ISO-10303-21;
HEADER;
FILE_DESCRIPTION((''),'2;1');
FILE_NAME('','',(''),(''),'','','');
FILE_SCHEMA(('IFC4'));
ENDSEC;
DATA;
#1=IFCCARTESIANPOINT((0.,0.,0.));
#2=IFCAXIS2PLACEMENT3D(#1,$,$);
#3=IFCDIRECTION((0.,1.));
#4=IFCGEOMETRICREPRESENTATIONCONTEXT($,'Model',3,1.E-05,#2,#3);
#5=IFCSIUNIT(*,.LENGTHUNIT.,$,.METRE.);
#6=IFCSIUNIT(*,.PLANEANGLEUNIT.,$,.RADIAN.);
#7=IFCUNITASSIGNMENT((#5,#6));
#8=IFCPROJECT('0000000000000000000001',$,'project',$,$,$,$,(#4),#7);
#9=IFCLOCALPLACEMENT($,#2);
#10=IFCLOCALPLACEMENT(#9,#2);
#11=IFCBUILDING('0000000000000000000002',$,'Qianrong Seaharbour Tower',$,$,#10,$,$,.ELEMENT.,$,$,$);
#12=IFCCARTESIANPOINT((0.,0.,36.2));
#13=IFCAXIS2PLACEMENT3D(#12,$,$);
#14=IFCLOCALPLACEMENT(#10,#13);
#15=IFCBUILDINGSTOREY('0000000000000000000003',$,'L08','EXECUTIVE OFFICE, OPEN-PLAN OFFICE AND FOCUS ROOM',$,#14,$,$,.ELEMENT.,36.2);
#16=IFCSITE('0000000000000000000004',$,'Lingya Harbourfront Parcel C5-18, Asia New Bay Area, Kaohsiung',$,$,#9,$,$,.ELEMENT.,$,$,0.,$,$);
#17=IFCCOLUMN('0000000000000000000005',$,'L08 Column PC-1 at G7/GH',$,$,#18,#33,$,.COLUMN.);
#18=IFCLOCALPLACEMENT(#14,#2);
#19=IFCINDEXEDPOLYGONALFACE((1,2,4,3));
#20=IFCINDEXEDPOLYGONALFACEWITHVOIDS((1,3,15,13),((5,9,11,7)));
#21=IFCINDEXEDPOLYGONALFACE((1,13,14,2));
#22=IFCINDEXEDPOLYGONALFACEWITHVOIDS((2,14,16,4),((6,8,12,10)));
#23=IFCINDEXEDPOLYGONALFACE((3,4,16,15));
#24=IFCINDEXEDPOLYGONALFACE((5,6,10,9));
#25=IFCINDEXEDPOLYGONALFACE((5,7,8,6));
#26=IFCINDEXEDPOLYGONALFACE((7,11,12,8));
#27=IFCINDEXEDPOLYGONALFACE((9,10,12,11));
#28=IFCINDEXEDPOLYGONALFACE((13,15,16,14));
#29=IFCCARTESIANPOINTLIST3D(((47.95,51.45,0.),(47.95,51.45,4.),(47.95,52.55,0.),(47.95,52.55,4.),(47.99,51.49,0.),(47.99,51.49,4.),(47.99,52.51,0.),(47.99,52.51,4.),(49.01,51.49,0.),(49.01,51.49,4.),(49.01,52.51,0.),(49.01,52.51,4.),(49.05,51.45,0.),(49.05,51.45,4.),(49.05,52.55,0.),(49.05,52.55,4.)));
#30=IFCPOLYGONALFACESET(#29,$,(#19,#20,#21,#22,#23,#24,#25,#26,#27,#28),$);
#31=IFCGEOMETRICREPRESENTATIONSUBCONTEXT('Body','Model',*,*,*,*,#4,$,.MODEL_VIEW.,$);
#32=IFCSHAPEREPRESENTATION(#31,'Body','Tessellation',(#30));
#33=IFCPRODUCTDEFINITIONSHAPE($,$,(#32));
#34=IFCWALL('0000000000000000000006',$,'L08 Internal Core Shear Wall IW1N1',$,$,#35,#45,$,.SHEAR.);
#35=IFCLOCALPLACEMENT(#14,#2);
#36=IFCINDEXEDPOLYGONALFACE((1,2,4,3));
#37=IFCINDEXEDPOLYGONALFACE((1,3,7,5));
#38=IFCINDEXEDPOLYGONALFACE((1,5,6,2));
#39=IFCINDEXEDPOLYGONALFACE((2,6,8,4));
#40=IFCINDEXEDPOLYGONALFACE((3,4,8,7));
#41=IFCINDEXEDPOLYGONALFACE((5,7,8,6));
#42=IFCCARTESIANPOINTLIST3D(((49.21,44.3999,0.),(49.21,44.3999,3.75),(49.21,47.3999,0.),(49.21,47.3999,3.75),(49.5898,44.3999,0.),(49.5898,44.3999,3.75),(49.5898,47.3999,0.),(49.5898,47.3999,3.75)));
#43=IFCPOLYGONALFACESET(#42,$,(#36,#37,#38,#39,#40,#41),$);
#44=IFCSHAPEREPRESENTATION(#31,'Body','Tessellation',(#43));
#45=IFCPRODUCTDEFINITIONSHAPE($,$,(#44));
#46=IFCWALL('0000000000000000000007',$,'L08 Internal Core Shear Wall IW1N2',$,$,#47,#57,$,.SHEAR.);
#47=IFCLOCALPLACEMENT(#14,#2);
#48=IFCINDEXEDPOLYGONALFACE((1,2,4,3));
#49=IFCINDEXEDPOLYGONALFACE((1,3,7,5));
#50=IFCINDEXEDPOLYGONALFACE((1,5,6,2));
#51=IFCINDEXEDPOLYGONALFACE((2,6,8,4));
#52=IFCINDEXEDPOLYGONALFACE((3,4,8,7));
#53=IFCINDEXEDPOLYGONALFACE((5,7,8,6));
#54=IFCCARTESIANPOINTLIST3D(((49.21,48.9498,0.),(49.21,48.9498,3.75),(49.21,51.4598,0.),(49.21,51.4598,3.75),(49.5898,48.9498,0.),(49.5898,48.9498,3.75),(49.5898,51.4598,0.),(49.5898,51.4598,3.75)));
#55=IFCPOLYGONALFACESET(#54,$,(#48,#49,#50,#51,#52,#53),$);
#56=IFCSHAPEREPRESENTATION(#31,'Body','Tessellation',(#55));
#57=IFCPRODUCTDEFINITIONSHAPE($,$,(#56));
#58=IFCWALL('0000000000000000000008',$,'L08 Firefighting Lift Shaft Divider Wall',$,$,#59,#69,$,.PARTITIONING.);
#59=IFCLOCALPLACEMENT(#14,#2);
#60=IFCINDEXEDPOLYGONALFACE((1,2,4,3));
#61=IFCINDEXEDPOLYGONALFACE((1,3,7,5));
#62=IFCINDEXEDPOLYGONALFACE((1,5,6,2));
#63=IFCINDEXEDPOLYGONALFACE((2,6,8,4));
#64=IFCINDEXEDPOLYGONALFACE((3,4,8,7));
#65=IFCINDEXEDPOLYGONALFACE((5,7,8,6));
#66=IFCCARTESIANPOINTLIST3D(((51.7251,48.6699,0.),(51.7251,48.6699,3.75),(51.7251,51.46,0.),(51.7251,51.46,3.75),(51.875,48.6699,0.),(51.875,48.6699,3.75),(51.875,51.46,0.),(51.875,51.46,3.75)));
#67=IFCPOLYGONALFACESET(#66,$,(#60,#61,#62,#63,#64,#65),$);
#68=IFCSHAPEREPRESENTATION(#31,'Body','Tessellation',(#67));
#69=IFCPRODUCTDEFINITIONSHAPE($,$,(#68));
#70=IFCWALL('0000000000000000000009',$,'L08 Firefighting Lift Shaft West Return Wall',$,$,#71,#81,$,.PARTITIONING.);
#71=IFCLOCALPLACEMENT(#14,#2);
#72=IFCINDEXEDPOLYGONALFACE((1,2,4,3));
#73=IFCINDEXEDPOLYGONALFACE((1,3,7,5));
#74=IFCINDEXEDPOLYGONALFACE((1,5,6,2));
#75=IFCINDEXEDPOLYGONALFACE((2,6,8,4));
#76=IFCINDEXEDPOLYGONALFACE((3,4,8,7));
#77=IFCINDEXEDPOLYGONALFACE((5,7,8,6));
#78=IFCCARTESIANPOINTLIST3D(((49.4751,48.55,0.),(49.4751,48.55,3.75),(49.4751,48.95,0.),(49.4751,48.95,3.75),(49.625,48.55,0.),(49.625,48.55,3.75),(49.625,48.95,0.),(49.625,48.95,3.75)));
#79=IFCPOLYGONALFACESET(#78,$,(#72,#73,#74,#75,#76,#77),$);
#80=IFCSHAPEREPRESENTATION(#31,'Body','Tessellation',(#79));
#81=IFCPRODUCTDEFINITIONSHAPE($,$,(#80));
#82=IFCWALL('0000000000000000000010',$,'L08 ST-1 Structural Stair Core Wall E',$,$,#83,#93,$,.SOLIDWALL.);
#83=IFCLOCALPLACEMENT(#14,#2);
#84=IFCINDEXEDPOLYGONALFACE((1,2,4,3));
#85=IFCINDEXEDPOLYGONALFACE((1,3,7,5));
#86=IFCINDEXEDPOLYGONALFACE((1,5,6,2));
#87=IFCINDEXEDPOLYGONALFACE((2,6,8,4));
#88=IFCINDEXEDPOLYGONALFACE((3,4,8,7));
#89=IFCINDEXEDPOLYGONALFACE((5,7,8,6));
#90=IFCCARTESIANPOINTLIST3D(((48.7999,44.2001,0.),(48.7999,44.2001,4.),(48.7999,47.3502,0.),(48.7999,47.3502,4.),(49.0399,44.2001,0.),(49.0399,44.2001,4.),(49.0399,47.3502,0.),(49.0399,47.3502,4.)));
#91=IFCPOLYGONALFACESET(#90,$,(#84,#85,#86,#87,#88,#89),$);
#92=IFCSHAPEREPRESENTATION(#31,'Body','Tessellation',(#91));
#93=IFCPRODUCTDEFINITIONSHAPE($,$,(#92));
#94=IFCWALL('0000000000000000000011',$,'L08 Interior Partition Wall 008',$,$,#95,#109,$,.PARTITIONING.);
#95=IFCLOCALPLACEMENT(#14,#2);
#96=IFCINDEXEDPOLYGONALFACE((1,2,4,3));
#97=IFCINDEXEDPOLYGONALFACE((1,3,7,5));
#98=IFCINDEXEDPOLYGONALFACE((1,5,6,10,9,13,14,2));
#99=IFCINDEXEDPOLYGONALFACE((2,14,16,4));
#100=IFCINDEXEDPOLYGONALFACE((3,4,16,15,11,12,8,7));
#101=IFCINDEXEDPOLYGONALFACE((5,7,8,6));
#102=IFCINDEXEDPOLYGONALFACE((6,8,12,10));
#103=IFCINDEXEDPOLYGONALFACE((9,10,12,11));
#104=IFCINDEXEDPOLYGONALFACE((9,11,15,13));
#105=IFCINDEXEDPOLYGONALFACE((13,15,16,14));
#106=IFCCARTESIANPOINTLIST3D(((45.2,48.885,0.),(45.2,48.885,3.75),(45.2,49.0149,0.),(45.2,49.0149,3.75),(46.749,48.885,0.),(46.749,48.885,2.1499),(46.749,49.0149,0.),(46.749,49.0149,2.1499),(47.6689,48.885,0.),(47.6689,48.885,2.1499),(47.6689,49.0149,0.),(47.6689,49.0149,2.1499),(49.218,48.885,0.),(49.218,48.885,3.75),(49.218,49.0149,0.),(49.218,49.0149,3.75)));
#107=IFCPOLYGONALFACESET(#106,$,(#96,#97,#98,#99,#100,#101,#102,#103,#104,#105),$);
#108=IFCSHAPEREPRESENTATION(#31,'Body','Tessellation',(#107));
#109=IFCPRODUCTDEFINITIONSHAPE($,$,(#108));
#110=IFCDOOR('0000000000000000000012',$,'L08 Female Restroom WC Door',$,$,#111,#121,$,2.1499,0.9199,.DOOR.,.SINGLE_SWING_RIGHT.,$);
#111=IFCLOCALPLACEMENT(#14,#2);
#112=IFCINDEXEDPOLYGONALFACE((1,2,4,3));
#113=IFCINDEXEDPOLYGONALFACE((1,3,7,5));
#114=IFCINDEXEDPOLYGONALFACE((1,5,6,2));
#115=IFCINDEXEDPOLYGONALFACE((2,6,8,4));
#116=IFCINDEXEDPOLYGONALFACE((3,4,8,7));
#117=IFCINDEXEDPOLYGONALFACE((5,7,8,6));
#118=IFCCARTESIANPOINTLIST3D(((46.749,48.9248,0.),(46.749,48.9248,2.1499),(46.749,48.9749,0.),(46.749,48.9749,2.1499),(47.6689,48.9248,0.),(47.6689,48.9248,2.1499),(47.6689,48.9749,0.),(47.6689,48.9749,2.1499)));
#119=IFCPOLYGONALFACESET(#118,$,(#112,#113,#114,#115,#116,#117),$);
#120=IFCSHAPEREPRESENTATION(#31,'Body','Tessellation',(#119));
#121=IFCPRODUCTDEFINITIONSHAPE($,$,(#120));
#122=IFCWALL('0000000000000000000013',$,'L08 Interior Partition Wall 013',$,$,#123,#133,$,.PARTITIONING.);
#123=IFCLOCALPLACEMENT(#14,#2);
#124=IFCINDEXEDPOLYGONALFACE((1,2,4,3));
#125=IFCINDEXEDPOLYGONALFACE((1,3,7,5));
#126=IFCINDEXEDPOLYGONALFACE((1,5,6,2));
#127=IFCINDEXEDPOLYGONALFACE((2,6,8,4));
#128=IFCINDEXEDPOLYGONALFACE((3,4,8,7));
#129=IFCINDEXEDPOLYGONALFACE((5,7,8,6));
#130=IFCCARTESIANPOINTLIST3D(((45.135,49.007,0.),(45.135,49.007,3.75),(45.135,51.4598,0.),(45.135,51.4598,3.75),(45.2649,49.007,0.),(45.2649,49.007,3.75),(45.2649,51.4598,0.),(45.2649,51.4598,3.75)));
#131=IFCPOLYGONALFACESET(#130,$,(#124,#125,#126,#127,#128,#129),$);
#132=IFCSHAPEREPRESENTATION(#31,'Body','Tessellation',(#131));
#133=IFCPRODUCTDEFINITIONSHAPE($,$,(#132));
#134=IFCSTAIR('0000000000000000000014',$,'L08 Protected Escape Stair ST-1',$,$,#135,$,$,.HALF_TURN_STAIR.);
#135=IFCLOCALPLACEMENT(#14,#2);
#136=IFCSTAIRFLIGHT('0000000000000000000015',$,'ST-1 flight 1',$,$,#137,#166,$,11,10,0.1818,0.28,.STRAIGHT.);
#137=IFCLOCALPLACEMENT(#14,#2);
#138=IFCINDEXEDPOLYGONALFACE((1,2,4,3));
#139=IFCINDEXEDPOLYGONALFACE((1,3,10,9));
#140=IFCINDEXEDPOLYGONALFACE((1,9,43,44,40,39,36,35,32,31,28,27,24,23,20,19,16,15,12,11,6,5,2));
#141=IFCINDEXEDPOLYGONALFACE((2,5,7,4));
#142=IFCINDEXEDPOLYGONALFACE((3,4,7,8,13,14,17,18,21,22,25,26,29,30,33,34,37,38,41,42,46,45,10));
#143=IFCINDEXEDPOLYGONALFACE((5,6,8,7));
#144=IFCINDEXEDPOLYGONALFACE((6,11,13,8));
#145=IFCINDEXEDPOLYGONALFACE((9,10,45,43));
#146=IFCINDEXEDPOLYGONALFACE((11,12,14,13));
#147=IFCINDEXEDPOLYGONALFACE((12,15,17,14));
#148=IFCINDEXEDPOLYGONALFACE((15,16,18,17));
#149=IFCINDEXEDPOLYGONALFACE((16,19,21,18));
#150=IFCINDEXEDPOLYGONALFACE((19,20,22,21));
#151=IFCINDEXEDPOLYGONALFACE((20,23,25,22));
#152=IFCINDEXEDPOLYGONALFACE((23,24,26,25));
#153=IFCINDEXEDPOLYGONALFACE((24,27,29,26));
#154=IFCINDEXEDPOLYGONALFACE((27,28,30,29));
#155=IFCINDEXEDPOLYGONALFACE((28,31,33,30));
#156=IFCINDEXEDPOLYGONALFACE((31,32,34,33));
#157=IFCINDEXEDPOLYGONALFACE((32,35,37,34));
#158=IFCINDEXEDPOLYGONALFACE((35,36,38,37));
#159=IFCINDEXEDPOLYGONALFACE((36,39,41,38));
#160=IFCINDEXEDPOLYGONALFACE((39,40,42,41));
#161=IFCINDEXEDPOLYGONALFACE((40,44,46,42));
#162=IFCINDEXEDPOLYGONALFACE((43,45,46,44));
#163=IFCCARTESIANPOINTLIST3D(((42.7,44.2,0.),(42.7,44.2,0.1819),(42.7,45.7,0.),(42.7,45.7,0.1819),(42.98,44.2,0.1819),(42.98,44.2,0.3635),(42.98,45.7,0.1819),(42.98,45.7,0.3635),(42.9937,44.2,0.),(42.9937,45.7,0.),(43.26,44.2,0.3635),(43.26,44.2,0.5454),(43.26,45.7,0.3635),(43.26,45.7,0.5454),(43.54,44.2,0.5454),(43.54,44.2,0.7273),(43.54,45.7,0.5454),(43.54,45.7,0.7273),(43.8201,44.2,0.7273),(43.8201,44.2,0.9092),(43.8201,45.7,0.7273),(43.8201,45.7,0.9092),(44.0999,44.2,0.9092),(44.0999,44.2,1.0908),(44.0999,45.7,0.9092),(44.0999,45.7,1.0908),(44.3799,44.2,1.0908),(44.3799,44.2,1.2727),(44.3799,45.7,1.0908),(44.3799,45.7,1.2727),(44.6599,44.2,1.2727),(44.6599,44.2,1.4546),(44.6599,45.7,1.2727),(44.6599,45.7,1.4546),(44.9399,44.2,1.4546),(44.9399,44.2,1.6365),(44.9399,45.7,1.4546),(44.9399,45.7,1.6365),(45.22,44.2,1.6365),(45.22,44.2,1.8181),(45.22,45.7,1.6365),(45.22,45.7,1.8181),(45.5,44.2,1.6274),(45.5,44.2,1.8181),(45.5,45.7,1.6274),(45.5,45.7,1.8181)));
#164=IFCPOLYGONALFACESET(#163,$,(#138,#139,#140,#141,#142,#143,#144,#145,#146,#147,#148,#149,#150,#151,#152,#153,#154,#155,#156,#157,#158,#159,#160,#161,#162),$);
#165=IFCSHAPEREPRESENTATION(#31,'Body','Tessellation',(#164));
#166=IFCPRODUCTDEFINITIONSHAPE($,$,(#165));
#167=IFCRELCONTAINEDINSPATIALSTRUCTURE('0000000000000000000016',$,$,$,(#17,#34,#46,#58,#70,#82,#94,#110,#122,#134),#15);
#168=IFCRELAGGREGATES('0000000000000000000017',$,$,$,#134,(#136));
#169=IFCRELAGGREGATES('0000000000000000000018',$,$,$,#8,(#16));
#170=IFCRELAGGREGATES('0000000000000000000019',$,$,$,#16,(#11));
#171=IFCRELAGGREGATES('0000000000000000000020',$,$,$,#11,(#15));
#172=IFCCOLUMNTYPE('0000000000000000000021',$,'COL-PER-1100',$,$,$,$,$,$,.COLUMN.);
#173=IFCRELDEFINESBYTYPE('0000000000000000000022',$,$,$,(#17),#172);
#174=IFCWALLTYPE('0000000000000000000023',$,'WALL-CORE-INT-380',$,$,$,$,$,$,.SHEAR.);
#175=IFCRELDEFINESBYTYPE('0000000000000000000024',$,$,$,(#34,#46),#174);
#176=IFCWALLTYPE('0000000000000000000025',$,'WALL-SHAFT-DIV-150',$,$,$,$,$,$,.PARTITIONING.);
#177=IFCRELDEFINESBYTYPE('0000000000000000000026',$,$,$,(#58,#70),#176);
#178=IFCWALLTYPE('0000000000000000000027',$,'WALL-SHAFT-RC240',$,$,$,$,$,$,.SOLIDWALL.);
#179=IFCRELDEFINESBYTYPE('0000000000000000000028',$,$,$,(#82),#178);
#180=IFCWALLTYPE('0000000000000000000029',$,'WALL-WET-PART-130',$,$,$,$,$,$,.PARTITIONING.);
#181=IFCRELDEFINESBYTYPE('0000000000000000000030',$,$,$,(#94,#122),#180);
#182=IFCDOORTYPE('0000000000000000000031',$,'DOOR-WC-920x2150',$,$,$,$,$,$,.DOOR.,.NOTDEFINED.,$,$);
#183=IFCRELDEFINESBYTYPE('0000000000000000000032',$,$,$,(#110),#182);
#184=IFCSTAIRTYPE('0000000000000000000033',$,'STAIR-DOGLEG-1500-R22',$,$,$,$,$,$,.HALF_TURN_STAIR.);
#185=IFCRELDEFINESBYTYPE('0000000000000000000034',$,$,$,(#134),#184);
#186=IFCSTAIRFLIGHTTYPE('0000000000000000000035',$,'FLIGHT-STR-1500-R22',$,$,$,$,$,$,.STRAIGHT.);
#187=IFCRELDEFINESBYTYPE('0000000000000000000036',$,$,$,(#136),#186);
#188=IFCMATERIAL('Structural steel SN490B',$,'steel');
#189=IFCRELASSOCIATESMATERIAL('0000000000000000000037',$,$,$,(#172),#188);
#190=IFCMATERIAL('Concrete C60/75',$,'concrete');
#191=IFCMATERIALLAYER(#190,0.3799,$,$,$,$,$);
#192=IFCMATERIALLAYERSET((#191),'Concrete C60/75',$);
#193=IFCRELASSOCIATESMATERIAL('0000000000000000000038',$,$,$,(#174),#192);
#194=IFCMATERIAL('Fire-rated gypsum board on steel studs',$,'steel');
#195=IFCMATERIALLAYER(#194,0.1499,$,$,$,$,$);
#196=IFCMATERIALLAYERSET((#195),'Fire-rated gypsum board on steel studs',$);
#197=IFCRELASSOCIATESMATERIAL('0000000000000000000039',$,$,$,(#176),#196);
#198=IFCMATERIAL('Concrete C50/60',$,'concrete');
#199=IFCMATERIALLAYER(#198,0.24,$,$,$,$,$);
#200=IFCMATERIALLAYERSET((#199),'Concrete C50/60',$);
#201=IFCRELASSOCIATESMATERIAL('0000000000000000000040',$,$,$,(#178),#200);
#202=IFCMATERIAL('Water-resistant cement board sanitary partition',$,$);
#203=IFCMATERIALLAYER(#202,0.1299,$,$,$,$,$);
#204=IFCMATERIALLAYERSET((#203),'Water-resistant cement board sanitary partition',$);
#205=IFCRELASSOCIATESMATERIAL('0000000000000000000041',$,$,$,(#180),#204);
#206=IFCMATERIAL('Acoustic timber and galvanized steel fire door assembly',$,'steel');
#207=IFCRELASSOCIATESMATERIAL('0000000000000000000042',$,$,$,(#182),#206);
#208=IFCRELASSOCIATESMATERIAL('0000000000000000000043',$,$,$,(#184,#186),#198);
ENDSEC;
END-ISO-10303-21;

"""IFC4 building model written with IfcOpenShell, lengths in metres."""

from ifc_helpers import new_model, si_unit, direction, frame, frame_2d, origin, origin_2d, place, context, subcontext, project, spatial, polyline, rectangle, hollow_rectangle, outline, extrude, material, layer, layer_set, material_profile, profile_set, type_object, element, fill, aggregate, save


model = new_model("IFC4")

# Units and contexts
model_context = context("Model", 3, precision=1e-05, world=origin(), true_north=direction((0.0, 1.0)))
body_context = subcontext(model_context, "Body", "Model", "MODEL_VIEW")
ifc_project = project(units=[si_unit("LENGTHUNIT", "METRE"), si_unit("PLANEANGLEUNIT", "RADIAN")], contexts=[model_context])

# Site, building, storey
site_placement = place(None, origin())
site = spatial("IfcSite", under=ifc_project, at=site_placement, Name="Lingya Harbourfront Parcel C5-18, Asia New Bay Area, Kaohsiung", CompositionType="ELEMENT", RefElevation=0.0)
building_placement = place(site_placement, origin())
building = spatial("IfcBuilding", under=site, at=building_placement, Name="Qianrong Seaharbour Tower", CompositionType="ELEMENT")
storey_placement = place(building_placement, frame((0.0, 0.0, 36.2)))
storey = spatial("IfcBuildingStorey", under=building, at=storey_placement, Name="L08", Description="EXECUTIVE OFFICE, OPEN-PLAN OFFICE AND FOCUS ROOM", CompositionType="ELEMENT", Elevation=36.2)

# Column
ifc_material_1 = material(Name="Structural steel SN490B", Category="steel")
ifc_material_profile = material_profile(ifc_material_1, hollow_rectangle(XDim=1.1001, YDim=1.1001, WallThickness=0.04, at=origin_2d()), Name="BOX1100x1100x40")
ifc_profile_set = profile_set([ifc_material_profile], Name="Structural steel SN490B")
column_type = type_object("IfcColumnType", Name="COL-PER-1100", PredefinedType="COLUMN", material=ifc_profile_set)
column_placement = place(storey_placement, frame((48.5, 52.0, 0.0), z_axis=(0.0, 0.0, 1.0), x_axis=(1.0, 0.0, 0.0)))
element("IfcColumn", 1, at=column_placement, inside=storey, type_object=column_type, Name="L08 Column PC-1 at G7/GH", PredefinedType="COLUMN", context=body_context, shape_type="SweptSolid", body=[
    extrude(hollow_rectangle(XDim=1.1001, YDim=1.1001, WallThickness=0.04, at=origin_2d()), origin(), (0.0, 0.0, 1.0), 4.0),
])

# Walls
ifc_material_2 = material(Name="Concrete C60/75", Category="concrete")
ifc_layer_1 = layer(ifc_material_2, 0.3799)
ifc_layer_set_1 = layer_set([ifc_layer_1], Name="Concrete C60/75")
wall_type_1 = type_object("IfcWallType", Name="WALL-CORE-INT-380", PredefinedType="SHEAR", material=ifc_layer_set_1)
wall_1_placement = place(storey_placement, frame((49.3999, 44.3999, 0.0), z_axis=(0.0, 0.0, 1.0), x_axis=(0.0, 1.0, 0.0)))
element("IfcWall", 2, at=wall_1_placement, inside=storey, type_object=wall_type_1, Name="L08 Internal Core Shear Wall IW1N1", PredefinedType="SHEAR", context=body_context, shape_type="SweptSolid", body=[
    extrude(rectangle(XDim=3.0, YDim=0.3799, at=frame_2d((1.5, 0.0))), origin(), (0.0, 0.0, 1.0), 3.75),
])
wall_2_placement = place(storey_placement, frame((49.3999, 48.95, 0.0), z_axis=(0.0, 0.0, 1.0), x_axis=(0.0, 1.0, 0.0)))
element("IfcWall", 3, at=wall_2_placement, inside=storey, type_object=wall_type_1, Name="L08 Internal Core Shear Wall IW1N2", PredefinedType="SHEAR", context=body_context, shape_type="SweptSolid", body=[
    extrude(rectangle(XDim=2.51, YDim=0.3799, at=frame_2d((1.2549, 0.0))), origin(), (0.0, 0.0, 1.0), 3.75),
])
ifc_material_3 = material(Name="Fire-rated gypsum board on steel studs", Category="steel")
ifc_layer_2 = layer(ifc_material_3, 0.1499)
ifc_layer_set_2 = layer_set([ifc_layer_2], Name="Fire-rated gypsum board on steel studs")
wall_type_2 = type_object("IfcWallType", Name="WALL-SHAFT-DIV-150", PredefinedType="PARTITIONING", material=ifc_layer_set_2)
wall_3_placement = place(storey_placement, frame((51.8, 48.6699, 0.0), z_axis=(0.0, 0.0, 1.0), x_axis=(0.0, 1.0, 0.0)))
element("IfcWall", 4, at=wall_3_placement, inside=storey, type_object=wall_type_2, Name="L08 Firefighting Lift Shaft Divider Wall", PredefinedType="PARTITIONING", context=body_context, shape_type="SweptSolid", body=[
    extrude(rectangle(XDim=2.79, YDim=0.1499, at=frame_2d((1.395, 0.0))), origin(), (0.0, 0.0, 1.0), 3.75),
])
wall_4_placement = place(storey_placement, frame((49.55, 48.55, 0.0), z_axis=(0.0, 0.0, 1.0), x_axis=(0.0, 1.0, 0.0)))
element("IfcWall", 5, at=wall_4_placement, inside=storey, type_object=wall_type_2, Name="L08 Firefighting Lift Shaft West Return Wall", PredefinedType="PARTITIONING", context=body_context, shape_type="SweptSolid", body=[
    extrude(rectangle(XDim=0.3999, YDim=0.1499, at=frame_2d((0.2, 0.0))), origin(), (0.0, 0.0, 1.0), 3.75),
])
ifc_material_4 = material(Name="Concrete C50/60", Category="concrete")
ifc_layer_3 = layer(ifc_material_4, 0.24)
ifc_layer_set_3 = layer_set([ifc_layer_3], Name="Concrete C50/60")
wall_type_3 = type_object("IfcWallType", Name="WALL-SHAFT-RC240", PredefinedType="SOLIDWALL", material=ifc_layer_set_3)
wall_5_placement = place(storey_placement, frame((48.9199, 44.2, 0.0), z_axis=(0.0, 0.0, 1.0), x_axis=(0.0, 1.0, 0.0)))
element("IfcWall", 6, at=wall_5_placement, inside=storey, type_object=wall_type_3, Name="L08 ST-1 Structural Stair Core Wall E", PredefinedType="SOLIDWALL", context=body_context, shape_type="SweptSolid", body=[
    extrude(rectangle(XDim=3.1501, YDim=0.24, at=frame_2d((1.5752, 0.0))), origin(), (0.0, 0.0, 1.0), 4.0),
])

# Wall, opening, door
ifc_material_5 = material(Name="Water-resistant cement board sanitary partition")
ifc_layer_4 = layer(ifc_material_5, 0.1299)
ifc_layer_set_4 = layer_set([ifc_layer_4], Name="Water-resistant cement board sanitary partition")
wall_type_4 = type_object("IfcWallType", Name="WALL-WET-PART-130", PredefinedType="PARTITIONING", material=ifc_layer_set_4)
wall_6_placement = place(storey_placement, frame((45.2, 48.95, 0.0), z_axis=(0.0, 0.0, 1.0), x_axis=(1.0, 0.0, 0.0)))
wall_6 = element("IfcWall", 7, at=wall_6_placement, inside=storey, type_object=wall_type_4, Name="L08 Interior Partition Wall 008", PredefinedType="PARTITIONING", context=body_context, shape_type="SweptSolid", body=[
    extrude(rectangle(XDim=4.0181, YDim=0.1299, at=frame_2d((2.009, 0.0))), origin(), (0.0, 0.0, 1.0), 3.75),
])
opening_placement = place(wall_6_placement, frame((1.5491, 0.0, 0.0)))
opening = element("IfcOpeningElement", 8, at=opening_placement, cuts=wall_6, PredefinedType="OPENING", context=body_context, shape_type="SweptSolid", body=[
    extrude(rectangle(XDim=0.9199, YDim=2.1499, at=frame_2d((0.46, 1.075))), frame((0.0, 0.075, 0.0), z_axis=(0.0, -1.0, 0.0), x_axis=(1.0, 0.0, 0.0)), (0.0, 0.0, 1.0), 0.1499),
])
ifc_material_6 = material(Name="Acoustic timber and galvanized steel fire door assembly", Category="steel")
door_type = type_object("IfcDoorType", Name="DOOR-WC-920x2150", OperationType="NOTDEFINED", PredefinedType="DOOR", material=ifc_material_6)
door_placement = place(opening_placement, origin())
door = element("IfcDoor", 9, at=door_placement, inside=storey, type_object=door_type, Name="L08 Female Restroom WC Door", OperationType="SINGLE_SWING_RIGHT", OverallHeight=2.1499, OverallWidth=0.9199, PredefinedType="DOOR", context=body_context, shape_type="SweptSolid", body=[
    extrude(rectangle(XDim=0.9199, YDim=2.1499, at=frame_2d((0.46, 1.075))), frame((0.0, 0.0249, 0.0), z_axis=(0.0, -1.0, 0.0), x_axis=(1.0, 0.0, 0.0)), (0.0, 0.0, 1.0), 0.05),
])
fill(opening, door)

# Wall
wall_7_placement = place(storey_placement, frame((45.2, 51.46, 0.0), z_axis=(0.0, 0.0, 1.0), x_axis=(0.0, -1.0, 0.0)))
element("IfcWall", 10, at=wall_7_placement, inside=storey, type_object=wall_type_4, Name="L08 Interior Partition Wall 013", PredefinedType="PARTITIONING", context=body_context, shape_type="SweptSolid", body=[
    extrude(rectangle(XDim=2.4529, YDim=0.1299, at=frame_2d((1.2266, 0.0))), origin(), (0.0, 0.0, 1.0), 3.75),
])

# Stair, stair flight
stair_type = type_object("IfcStairType", Name="STAIR-DOGLEG-1500-R22", PredefinedType="HALF_TURN_STAIR", material=ifc_material_4)
stair_placement = place(storey_placement, origin())
stair = element("IfcStair", 11, at=stair_placement, inside=storey, type_object=stair_type, Name="L08 Protected Escape Stair ST-1", PredefinedType="HALF_TURN_STAIR")
stair_flight_type = type_object("IfcStairFlightType", Name="FLIGHT-STR-1500-R22", PredefinedType="STRAIGHT", material=ifc_material_4)
stair_flight_1_placement = place(storey_placement, frame((42.7, 44.95, 0.0), z_axis=(0.0, 0.0, 1.0), x_axis=(1.0, 0.0, 0.0)))
stair_flight_1 = element("IfcStairFlight", 12, at=stair_flight_1_placement, type_object=stair_flight_type, Name="ST-1 flight 1", NumberOfRisers=11, NumberOfTreads=10, PredefinedType="STRAIGHT", RiserHeight=0.1818, TreadLength=0.28, context=body_context, shape_type="SweptSolid", body=[
    extrude(outline(polyline([(0.0, 0.0), (0.0, 0.1819), (0.28, 0.1819), (0.28, 0.3635), (0.5601, 0.3635), (0.5601, 0.5454), (0.8401, 0.5454), (0.8401, 0.7273), (1.1201, 0.7273), (1.1201, 0.9092), (1.3999, 0.9092), (1.3999, 1.0908), (1.6799, 1.0908), (1.6799, 1.2727), (1.96, 1.2727), (1.96, 1.4546), (2.24, 1.4546), (2.24, 1.6365), (2.52, 1.6365), (2.52, 1.8181), (2.8, 1.8181), (2.8, 2.0), (2.8, 1.6274), (0.2937, 0.0), (0.0, 0.0)])), frame((0.0, 0.75, 0.0), z_axis=(0.0, -1.0, 0.0), x_axis=(1.0, 0.0, 0.0)), (0.0, 0.0, 1.0), 1.5),
])
aggregate(stair, [stair_flight_1])

save(model, "model.ifc")
